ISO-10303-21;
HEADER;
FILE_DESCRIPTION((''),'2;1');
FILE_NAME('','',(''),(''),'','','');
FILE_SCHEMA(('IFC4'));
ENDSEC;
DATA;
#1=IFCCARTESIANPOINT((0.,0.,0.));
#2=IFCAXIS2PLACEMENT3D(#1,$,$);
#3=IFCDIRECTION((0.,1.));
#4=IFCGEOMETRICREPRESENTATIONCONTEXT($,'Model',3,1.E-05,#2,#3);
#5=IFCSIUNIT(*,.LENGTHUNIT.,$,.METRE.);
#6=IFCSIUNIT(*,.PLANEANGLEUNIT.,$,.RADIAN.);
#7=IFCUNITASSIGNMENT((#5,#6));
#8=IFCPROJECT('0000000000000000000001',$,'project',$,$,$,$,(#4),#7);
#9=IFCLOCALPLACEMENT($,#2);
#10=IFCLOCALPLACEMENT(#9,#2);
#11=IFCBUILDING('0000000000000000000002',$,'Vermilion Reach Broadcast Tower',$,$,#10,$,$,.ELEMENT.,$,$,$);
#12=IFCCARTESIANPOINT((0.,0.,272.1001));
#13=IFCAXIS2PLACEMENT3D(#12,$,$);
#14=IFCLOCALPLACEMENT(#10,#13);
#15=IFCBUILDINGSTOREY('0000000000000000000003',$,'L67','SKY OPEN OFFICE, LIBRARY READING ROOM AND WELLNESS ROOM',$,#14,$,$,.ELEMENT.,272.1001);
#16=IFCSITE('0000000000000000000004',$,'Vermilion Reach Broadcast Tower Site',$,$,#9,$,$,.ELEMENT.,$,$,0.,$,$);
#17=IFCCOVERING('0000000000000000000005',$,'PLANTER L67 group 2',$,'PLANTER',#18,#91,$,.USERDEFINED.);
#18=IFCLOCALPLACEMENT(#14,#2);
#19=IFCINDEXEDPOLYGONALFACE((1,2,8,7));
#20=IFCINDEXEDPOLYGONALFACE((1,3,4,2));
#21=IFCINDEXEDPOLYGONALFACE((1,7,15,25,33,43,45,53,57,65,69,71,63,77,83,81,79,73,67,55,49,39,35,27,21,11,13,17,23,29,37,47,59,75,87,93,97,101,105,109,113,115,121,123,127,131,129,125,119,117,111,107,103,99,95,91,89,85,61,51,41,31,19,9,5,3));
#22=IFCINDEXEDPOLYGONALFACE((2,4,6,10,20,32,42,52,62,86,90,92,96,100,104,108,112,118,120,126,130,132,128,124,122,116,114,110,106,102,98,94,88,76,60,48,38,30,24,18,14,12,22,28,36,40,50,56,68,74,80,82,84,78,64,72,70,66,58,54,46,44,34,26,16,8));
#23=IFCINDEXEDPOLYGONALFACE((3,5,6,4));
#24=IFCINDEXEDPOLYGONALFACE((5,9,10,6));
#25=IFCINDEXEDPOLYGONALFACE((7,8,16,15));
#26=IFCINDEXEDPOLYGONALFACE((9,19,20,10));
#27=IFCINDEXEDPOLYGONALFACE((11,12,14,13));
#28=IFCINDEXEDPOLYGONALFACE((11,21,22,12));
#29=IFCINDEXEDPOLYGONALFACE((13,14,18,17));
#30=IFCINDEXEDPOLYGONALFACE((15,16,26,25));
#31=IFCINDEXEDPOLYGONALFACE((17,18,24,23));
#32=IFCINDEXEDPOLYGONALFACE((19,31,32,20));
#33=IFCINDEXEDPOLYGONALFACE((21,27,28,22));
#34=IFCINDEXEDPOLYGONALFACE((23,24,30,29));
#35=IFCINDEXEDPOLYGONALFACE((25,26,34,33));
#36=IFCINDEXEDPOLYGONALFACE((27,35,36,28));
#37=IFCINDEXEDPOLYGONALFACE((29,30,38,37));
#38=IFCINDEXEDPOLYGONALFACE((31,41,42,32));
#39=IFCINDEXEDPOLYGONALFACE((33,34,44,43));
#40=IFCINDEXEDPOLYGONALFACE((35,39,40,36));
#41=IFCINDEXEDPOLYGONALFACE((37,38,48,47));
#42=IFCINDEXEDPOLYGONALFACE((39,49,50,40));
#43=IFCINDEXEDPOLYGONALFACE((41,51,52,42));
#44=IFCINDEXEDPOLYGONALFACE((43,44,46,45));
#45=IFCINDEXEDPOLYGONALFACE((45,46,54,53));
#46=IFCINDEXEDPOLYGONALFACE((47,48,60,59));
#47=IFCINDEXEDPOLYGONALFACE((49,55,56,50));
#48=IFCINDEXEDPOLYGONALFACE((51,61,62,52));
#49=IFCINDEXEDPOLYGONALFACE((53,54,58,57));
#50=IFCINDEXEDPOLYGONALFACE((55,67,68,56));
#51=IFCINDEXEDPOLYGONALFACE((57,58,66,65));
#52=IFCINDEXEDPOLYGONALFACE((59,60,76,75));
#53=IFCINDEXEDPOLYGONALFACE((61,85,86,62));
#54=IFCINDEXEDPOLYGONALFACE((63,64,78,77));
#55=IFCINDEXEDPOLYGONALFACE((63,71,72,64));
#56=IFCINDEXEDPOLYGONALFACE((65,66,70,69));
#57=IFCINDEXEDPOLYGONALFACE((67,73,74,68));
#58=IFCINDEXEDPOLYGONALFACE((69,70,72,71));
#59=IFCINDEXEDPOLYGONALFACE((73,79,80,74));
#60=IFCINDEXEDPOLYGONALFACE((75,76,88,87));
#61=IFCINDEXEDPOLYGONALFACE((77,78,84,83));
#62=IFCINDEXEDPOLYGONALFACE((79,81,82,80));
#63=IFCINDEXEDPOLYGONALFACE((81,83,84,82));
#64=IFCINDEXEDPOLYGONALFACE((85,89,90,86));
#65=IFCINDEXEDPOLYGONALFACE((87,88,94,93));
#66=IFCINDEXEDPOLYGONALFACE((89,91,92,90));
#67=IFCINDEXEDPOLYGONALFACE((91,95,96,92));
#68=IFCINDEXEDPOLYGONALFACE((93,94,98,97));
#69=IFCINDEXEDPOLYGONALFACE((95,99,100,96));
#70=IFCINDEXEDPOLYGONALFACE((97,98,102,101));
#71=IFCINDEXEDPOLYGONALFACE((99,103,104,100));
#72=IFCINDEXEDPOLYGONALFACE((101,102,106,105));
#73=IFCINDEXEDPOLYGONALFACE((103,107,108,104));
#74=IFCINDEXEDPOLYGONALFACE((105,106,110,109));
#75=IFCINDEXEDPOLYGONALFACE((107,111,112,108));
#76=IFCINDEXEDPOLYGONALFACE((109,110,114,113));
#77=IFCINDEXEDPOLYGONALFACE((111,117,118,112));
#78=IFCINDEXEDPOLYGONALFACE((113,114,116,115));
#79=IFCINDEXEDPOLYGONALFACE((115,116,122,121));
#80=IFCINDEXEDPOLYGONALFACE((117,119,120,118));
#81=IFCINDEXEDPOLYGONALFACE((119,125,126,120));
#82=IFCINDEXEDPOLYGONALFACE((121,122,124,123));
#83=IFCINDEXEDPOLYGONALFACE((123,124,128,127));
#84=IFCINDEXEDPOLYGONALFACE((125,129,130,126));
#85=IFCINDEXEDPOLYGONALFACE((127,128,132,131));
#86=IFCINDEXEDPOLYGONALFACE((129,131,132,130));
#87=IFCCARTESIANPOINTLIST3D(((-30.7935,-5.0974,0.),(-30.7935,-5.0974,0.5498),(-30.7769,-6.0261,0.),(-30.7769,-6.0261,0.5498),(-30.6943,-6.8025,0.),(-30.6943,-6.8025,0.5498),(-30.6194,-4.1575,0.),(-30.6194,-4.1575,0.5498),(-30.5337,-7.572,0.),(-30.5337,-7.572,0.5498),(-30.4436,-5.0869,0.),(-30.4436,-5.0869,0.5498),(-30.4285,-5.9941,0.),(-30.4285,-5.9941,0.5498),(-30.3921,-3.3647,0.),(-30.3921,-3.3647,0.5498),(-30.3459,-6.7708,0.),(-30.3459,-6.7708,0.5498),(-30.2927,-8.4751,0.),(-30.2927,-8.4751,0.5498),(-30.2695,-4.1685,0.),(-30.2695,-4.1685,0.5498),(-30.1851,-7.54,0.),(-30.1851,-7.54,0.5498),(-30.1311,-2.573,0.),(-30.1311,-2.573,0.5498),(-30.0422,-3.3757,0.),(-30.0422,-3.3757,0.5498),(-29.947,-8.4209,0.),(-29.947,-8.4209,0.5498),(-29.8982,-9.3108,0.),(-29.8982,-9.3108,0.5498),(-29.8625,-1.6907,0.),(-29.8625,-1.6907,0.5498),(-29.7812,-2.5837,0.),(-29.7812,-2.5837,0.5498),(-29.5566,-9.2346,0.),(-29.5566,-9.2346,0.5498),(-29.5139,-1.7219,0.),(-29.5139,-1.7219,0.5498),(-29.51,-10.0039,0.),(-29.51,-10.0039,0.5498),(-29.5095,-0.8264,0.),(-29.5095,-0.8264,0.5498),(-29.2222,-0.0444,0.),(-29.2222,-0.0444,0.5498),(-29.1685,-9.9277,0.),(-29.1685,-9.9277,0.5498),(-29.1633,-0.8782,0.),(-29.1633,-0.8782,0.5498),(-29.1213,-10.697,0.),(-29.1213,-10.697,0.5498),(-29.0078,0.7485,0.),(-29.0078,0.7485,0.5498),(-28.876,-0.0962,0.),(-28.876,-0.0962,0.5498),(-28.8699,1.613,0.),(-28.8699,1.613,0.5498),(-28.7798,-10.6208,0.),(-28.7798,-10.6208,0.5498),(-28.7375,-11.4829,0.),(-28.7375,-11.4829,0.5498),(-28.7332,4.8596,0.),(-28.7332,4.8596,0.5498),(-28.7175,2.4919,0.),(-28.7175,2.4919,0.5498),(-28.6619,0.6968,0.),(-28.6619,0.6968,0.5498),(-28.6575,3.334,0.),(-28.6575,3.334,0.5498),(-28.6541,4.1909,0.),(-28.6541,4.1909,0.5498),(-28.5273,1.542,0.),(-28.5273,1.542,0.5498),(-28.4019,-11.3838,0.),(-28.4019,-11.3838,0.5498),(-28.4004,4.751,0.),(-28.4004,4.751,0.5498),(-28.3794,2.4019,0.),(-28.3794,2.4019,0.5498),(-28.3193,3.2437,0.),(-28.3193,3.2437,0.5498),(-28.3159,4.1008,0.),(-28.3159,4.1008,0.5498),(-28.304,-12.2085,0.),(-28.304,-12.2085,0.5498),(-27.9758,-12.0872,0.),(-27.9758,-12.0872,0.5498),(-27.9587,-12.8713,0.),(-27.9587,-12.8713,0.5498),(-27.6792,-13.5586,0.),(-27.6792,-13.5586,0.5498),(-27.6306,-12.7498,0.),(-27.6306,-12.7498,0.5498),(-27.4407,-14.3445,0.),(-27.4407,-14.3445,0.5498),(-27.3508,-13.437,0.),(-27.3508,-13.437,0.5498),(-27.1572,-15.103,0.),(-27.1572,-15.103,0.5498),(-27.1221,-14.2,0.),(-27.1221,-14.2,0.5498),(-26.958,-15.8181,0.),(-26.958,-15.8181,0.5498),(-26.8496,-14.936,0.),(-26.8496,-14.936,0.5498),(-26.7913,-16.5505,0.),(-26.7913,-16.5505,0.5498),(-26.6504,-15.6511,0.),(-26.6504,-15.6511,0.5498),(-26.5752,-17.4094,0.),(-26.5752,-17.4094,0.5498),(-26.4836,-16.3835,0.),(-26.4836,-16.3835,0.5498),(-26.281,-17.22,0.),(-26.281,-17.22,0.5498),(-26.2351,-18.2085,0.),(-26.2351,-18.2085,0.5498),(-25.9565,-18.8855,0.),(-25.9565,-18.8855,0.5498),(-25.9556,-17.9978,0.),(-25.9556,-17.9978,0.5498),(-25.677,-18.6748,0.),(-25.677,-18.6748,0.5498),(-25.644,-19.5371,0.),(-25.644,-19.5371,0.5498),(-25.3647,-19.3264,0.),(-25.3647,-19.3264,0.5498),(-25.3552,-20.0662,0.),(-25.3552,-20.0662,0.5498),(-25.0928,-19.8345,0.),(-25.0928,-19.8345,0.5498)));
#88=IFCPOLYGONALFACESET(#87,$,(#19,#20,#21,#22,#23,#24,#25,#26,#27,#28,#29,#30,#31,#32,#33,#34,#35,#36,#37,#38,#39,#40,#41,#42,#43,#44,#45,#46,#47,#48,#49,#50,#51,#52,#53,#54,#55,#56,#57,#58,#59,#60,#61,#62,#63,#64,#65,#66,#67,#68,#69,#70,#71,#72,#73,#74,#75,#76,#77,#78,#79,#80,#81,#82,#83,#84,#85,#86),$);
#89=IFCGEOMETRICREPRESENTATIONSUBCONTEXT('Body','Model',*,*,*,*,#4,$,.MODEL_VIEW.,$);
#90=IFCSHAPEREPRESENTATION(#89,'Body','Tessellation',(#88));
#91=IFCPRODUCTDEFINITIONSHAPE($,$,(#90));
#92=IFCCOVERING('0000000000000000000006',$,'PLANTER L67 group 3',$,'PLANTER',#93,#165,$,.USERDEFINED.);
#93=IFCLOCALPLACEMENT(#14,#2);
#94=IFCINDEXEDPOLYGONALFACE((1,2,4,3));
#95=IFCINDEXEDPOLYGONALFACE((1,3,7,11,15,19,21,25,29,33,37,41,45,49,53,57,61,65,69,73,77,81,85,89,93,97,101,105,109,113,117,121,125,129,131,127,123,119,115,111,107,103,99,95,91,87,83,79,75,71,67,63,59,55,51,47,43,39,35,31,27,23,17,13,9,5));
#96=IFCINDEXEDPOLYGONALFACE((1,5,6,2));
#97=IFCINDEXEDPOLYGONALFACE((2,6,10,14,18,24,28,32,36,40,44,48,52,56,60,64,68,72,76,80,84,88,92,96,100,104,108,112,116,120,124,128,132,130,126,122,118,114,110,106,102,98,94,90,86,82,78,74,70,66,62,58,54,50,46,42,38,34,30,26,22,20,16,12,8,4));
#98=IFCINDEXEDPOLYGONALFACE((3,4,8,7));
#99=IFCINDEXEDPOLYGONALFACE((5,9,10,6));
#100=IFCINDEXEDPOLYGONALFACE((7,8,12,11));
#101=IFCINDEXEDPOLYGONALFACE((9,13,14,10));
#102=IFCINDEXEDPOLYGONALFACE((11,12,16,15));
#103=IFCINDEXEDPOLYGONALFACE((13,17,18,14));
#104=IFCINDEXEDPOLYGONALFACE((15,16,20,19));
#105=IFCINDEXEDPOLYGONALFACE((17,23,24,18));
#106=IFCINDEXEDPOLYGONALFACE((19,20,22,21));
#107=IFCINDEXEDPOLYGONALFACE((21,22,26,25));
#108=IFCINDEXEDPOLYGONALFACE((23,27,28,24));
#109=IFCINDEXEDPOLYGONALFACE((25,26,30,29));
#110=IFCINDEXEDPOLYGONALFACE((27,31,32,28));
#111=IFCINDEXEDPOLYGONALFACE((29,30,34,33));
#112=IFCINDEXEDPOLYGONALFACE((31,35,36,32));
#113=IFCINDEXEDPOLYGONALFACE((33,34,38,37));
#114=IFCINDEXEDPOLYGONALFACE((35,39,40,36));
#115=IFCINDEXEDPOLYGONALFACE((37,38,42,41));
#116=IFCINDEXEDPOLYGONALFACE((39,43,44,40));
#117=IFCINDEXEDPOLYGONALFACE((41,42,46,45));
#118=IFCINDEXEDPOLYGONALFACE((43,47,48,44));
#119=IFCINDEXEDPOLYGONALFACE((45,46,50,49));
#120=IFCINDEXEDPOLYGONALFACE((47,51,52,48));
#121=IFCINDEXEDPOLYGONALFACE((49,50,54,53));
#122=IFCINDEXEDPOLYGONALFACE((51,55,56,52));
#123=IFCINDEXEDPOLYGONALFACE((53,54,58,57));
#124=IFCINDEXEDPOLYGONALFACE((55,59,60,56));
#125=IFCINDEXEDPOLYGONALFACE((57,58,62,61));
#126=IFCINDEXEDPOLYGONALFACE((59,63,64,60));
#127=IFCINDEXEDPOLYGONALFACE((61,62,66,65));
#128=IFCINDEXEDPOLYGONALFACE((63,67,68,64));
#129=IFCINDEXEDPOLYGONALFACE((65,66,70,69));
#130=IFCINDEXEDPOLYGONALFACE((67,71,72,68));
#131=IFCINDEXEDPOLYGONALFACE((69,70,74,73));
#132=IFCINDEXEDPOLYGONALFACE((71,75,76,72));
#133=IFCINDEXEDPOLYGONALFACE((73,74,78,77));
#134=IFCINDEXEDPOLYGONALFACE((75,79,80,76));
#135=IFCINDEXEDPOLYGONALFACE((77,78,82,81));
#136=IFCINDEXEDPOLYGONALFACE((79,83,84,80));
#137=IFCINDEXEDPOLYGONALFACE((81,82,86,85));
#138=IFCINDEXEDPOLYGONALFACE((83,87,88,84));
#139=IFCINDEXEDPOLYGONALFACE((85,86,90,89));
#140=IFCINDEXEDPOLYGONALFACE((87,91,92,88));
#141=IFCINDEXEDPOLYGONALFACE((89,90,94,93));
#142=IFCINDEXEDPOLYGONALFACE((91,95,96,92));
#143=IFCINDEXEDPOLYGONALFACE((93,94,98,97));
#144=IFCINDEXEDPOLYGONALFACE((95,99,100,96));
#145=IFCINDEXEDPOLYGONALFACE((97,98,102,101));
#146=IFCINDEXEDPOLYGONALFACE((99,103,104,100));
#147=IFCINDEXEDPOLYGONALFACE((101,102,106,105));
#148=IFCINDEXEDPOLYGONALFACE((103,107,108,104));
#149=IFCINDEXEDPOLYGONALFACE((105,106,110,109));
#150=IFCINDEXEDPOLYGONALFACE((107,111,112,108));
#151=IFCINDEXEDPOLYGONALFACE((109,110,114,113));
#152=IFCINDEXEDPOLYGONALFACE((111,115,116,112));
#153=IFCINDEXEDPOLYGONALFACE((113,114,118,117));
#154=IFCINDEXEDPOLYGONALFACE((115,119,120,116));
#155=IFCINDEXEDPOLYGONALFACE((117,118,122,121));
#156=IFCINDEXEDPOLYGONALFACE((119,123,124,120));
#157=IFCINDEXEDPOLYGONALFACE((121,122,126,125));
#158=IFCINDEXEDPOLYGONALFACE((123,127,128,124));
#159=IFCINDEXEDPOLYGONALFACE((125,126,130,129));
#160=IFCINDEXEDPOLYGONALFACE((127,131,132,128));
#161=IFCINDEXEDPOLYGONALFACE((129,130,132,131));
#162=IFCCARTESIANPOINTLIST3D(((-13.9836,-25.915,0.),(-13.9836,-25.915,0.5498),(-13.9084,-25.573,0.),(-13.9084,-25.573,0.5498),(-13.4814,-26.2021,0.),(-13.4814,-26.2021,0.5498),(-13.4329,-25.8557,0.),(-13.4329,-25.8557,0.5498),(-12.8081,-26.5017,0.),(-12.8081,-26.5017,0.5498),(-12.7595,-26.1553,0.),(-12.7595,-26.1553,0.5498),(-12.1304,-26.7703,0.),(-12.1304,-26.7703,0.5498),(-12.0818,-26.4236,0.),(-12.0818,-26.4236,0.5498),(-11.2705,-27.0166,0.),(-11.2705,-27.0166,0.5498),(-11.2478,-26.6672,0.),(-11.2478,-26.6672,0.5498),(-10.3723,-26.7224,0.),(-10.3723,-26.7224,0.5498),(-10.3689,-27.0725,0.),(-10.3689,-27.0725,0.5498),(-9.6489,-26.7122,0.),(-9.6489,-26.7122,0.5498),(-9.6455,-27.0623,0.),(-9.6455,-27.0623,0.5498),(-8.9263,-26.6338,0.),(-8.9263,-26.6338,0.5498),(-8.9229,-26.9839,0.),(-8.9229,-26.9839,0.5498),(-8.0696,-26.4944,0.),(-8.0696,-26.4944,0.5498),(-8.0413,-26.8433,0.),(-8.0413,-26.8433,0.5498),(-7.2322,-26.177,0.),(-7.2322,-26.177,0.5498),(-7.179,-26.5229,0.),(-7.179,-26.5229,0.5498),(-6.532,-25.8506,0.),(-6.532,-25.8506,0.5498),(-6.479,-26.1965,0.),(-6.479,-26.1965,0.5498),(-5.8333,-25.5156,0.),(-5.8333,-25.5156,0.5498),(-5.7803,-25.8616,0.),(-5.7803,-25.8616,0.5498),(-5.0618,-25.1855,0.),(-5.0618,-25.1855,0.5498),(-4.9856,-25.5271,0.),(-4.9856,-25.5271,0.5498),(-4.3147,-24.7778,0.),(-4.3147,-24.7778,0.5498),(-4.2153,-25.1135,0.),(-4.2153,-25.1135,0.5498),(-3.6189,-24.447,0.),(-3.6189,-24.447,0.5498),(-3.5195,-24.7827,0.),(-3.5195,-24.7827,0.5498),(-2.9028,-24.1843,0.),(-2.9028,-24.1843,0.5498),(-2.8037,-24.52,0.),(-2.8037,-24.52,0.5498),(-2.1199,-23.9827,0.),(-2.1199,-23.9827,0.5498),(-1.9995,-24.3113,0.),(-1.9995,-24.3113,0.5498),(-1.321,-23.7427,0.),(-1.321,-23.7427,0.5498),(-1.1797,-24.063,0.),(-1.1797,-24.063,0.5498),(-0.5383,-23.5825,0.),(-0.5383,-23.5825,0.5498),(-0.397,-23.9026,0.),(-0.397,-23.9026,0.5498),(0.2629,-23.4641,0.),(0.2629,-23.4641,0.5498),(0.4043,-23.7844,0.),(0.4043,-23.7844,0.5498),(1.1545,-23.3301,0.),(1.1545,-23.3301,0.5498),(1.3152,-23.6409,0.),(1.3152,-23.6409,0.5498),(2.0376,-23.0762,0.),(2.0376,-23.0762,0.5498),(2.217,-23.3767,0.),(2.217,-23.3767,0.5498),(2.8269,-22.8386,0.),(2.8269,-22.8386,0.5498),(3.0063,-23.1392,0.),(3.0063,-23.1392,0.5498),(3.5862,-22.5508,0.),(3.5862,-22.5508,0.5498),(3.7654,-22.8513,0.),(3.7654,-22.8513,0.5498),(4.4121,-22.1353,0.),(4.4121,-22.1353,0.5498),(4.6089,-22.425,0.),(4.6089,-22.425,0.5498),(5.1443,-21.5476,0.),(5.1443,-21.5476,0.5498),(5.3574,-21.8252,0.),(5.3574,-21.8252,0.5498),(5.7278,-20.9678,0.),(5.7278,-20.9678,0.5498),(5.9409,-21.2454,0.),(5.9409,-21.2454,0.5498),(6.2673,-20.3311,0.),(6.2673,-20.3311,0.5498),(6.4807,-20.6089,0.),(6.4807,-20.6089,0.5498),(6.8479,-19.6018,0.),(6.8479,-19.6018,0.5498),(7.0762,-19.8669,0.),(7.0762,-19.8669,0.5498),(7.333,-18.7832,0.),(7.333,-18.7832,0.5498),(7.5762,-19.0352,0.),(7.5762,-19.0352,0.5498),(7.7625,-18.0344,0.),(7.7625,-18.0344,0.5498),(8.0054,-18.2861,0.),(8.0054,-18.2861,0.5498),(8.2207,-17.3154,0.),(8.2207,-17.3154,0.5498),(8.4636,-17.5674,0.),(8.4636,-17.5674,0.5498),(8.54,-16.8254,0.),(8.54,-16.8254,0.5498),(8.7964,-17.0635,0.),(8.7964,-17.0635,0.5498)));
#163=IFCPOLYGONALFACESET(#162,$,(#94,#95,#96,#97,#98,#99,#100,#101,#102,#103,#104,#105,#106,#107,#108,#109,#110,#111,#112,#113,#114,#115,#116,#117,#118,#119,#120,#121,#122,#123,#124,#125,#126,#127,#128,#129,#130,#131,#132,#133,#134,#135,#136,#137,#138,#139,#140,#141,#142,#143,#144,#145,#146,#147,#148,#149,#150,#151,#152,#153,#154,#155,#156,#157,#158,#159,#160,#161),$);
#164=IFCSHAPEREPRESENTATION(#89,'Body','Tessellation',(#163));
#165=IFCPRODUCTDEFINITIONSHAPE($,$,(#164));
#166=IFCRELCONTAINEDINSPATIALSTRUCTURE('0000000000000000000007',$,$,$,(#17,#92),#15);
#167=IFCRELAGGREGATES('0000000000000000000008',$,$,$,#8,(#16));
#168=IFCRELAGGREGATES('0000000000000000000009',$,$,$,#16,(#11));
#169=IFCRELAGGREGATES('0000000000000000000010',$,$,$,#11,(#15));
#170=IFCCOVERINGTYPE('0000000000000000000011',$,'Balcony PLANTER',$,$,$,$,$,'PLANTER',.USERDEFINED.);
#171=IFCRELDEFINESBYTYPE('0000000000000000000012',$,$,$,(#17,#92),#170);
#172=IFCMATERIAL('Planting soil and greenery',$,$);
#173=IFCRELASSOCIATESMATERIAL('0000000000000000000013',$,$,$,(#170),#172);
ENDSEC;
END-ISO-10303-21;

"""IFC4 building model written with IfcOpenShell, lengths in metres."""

from ifc_helpers import new_model, si_unit, direction, frame, origin, place, context, subcontext, project, spatial, polyline, outline, extrude, material, type_object, element, save


model = new_model("IFC4")

# Units and contexts
model_context = context("Model", 3, precision=1e-05, world=origin(), true_north=direction((0.0, 1.0)))
body_context = subcontext(model_context, "Body", "Model", "MODEL_VIEW")
ifc_project = project(units=[si_unit("LENGTHUNIT", "METRE"), si_unit("PLANEANGLEUNIT", "RADIAN")], contexts=[model_context])

# Site, building, storey
site_placement = place(None, origin())
site = spatial("IfcSite", under=ifc_project, at=site_placement, Name="Vermilion Reach Broadcast Tower Site", CompositionType="ELEMENT", RefElevation=0.0)
building_placement = place(site_placement, origin())
building = spatial("IfcBuilding", under=site, at=building_placement, Name="Vermilion Reach Broadcast Tower", CompositionType="ELEMENT")
storey_placement = place(building_placement, frame((0.0, 0.0, 272.1001)))
storey = spatial("IfcBuildingStorey", under=building, at=storey_placement, Name="L67", Description="SKY OPEN OFFICE, LIBRARY READING ROOM AND WELLNESS ROOM", CompositionType="ELEMENT", Elevation=272.1001)

# Shared definitions
placement_1 = place(storey_placement, origin())

# Coverings
ifc_material_1 = material(Name="Planting soil and greenery")
covering_type = type_object("IfcCoveringType", Name="Balcony PLANTER", ElementType="PLANTER", PredefinedType="USERDEFINED", material=ifc_material_1)
element("IfcCovering", 1, at=placement_1, inside=storey, type_object=covering_type, Name="PLANTER L67 group 2", ObjectType="PLANTER", PredefinedType="USERDEFINED", context=body_context, shape_type="SweptSolid", body=[
    extrude(outline(polyline([(-28.7332, 4.8596), (-28.6541, 4.1909), (-28.6575, 3.334), (-28.7175, 2.4919), (-28.8699, 1.613), (-29.0078, 0.7485), (-29.2222, -0.0444), (-29.5095, -0.8264), (-29.8625, -1.6907), (-30.1311, -2.573), (-30.3921, -3.3647), (-30.6194, -4.1575), (-30.7935, -5.0974), (-30.7769, -6.0261), (-30.6943, -6.8025), (-30.5337, -7.572), (-30.2927, -8.4751), (-29.8982, -9.3108), (-29.51, -10.0039), (-29.1213, -10.697), (-28.7375, -11.4829), (-28.304, -12.2085), (-27.9587, -12.8713), (-27.6792, -13.5586), (-27.4407, -14.3445), (-27.1572, -15.103), (-26.958, -15.8181), (-26.7913, -16.5505), (-26.5752, -17.4094), (-26.2351, -18.2085), (-25.9565, -18.8855), (-25.644, -19.5371), (-25.3552, -20.0662), (-25.0928, -19.8345), (-25.3647, -19.3264), (-25.677, -18.6748), (-25.9556, -17.9978), (-26.281, -17.22), (-26.4836, -16.3835), (-26.6504, -15.6511), (-26.8496, -14.936), (-27.1221, -14.2), (-27.3508, -13.437), (-27.6306, -12.7498), (-27.9758, -12.0872), (-28.4019, -11.3838), (-28.7798, -10.6208), (-29.1685, -9.9277), (-29.5566, -9.2346), (-29.947, -8.4209), (-30.1851, -7.54), (-30.3459, -6.7708), (-30.4285, -5.9941), (-30.4436, -5.0869), (-30.2695, -4.1685), (-30.0422, -3.3757), (-29.7812, -2.5837), (-29.5139, -1.7219), (-29.1633, -0.8782), (-28.876, -0.0962), (-28.6619, 0.6968), (-28.5273, 1.542), (-28.3794, 2.4019), (-28.3193, 3.2437), (-28.3159, 4.1008), (-28.4004, 4.751), (-28.7332, 4.8596)])), origin(), (0.0, 0.0, 1.0), 0.5498),
])
element("IfcCovering", 2, at=placement_1, inside=storey, type_object=covering_type, Name="PLANTER L67 group 3", ObjectType="PLANTER", PredefinedType="USERDEFINED", context=body_context, shape_type="SweptSolid", body=[
    extrude(outline(polyline([(-13.9836, -25.915), (-13.4814, -26.2021), (-12.8081, -26.5017), (-12.1304, -26.7703), (-11.2705, -27.0166), (-10.3689, -27.0725), (-9.6455, -27.0623), (-8.9229, -26.9839), (-8.0413, -26.8433), (-7.179, -26.5229), (-6.479, -26.1965), (-5.7803, -25.8616), (-4.9856, -25.5271), (-4.2153, -25.1135), (-3.5195, -24.7827), (-2.8037, -24.52), (-1.9995, -24.3113), (-1.1797, -24.063), (-0.397, -23.9026), (0.4043, -23.7844), (1.3152, -23.6409), (2.217, -23.3767), (3.0063, -23.1392), (3.7654, -22.8513), (4.6089, -22.425), (5.3574, -21.8252), (5.9409, -21.2454), (6.4807, -20.6089), (7.0762, -19.8669), (7.5762, -19.0352), (8.0054, -18.2861), (8.4636, -17.5674), (8.7964, -17.0635), (8.54, -16.8254), (8.2207, -17.3154), (7.7625, -18.0344), (7.333, -18.7832), (6.8479, -19.6018), (6.2673, -20.3311), (5.7278, -20.9678), (5.1443, -21.5476), (4.4121, -22.1353), (3.5862, -22.5508), (2.8269, -22.8386), (2.0376, -23.0762), (1.1545, -23.3301), (0.2629, -23.4641), (-0.5383, -23.5825), (-1.321, -23.7427), (-2.1199, -23.9827), (-2.9028, -24.1843), (-3.6189, -24.447), (-4.3147, -24.7778), (-5.0618, -25.1855), (-5.8333, -25.5156), (-6.532, -25.8506), (-7.2322, -26.177), (-8.0696, -26.4944), (-8.9263, -26.6338), (-9.6489, -26.7122), (-10.3723, -26.7224), (-11.2478, -26.6672), (-12.0818, -26.4236), (-12.7595, -26.1553), (-13.4329, -25.8557), (-13.9084, -25.573), (-13.9836, -25.915)])), origin(), (0.0, 0.0, 1.0), 0.5498),
])

save(model, "model.ifc")
